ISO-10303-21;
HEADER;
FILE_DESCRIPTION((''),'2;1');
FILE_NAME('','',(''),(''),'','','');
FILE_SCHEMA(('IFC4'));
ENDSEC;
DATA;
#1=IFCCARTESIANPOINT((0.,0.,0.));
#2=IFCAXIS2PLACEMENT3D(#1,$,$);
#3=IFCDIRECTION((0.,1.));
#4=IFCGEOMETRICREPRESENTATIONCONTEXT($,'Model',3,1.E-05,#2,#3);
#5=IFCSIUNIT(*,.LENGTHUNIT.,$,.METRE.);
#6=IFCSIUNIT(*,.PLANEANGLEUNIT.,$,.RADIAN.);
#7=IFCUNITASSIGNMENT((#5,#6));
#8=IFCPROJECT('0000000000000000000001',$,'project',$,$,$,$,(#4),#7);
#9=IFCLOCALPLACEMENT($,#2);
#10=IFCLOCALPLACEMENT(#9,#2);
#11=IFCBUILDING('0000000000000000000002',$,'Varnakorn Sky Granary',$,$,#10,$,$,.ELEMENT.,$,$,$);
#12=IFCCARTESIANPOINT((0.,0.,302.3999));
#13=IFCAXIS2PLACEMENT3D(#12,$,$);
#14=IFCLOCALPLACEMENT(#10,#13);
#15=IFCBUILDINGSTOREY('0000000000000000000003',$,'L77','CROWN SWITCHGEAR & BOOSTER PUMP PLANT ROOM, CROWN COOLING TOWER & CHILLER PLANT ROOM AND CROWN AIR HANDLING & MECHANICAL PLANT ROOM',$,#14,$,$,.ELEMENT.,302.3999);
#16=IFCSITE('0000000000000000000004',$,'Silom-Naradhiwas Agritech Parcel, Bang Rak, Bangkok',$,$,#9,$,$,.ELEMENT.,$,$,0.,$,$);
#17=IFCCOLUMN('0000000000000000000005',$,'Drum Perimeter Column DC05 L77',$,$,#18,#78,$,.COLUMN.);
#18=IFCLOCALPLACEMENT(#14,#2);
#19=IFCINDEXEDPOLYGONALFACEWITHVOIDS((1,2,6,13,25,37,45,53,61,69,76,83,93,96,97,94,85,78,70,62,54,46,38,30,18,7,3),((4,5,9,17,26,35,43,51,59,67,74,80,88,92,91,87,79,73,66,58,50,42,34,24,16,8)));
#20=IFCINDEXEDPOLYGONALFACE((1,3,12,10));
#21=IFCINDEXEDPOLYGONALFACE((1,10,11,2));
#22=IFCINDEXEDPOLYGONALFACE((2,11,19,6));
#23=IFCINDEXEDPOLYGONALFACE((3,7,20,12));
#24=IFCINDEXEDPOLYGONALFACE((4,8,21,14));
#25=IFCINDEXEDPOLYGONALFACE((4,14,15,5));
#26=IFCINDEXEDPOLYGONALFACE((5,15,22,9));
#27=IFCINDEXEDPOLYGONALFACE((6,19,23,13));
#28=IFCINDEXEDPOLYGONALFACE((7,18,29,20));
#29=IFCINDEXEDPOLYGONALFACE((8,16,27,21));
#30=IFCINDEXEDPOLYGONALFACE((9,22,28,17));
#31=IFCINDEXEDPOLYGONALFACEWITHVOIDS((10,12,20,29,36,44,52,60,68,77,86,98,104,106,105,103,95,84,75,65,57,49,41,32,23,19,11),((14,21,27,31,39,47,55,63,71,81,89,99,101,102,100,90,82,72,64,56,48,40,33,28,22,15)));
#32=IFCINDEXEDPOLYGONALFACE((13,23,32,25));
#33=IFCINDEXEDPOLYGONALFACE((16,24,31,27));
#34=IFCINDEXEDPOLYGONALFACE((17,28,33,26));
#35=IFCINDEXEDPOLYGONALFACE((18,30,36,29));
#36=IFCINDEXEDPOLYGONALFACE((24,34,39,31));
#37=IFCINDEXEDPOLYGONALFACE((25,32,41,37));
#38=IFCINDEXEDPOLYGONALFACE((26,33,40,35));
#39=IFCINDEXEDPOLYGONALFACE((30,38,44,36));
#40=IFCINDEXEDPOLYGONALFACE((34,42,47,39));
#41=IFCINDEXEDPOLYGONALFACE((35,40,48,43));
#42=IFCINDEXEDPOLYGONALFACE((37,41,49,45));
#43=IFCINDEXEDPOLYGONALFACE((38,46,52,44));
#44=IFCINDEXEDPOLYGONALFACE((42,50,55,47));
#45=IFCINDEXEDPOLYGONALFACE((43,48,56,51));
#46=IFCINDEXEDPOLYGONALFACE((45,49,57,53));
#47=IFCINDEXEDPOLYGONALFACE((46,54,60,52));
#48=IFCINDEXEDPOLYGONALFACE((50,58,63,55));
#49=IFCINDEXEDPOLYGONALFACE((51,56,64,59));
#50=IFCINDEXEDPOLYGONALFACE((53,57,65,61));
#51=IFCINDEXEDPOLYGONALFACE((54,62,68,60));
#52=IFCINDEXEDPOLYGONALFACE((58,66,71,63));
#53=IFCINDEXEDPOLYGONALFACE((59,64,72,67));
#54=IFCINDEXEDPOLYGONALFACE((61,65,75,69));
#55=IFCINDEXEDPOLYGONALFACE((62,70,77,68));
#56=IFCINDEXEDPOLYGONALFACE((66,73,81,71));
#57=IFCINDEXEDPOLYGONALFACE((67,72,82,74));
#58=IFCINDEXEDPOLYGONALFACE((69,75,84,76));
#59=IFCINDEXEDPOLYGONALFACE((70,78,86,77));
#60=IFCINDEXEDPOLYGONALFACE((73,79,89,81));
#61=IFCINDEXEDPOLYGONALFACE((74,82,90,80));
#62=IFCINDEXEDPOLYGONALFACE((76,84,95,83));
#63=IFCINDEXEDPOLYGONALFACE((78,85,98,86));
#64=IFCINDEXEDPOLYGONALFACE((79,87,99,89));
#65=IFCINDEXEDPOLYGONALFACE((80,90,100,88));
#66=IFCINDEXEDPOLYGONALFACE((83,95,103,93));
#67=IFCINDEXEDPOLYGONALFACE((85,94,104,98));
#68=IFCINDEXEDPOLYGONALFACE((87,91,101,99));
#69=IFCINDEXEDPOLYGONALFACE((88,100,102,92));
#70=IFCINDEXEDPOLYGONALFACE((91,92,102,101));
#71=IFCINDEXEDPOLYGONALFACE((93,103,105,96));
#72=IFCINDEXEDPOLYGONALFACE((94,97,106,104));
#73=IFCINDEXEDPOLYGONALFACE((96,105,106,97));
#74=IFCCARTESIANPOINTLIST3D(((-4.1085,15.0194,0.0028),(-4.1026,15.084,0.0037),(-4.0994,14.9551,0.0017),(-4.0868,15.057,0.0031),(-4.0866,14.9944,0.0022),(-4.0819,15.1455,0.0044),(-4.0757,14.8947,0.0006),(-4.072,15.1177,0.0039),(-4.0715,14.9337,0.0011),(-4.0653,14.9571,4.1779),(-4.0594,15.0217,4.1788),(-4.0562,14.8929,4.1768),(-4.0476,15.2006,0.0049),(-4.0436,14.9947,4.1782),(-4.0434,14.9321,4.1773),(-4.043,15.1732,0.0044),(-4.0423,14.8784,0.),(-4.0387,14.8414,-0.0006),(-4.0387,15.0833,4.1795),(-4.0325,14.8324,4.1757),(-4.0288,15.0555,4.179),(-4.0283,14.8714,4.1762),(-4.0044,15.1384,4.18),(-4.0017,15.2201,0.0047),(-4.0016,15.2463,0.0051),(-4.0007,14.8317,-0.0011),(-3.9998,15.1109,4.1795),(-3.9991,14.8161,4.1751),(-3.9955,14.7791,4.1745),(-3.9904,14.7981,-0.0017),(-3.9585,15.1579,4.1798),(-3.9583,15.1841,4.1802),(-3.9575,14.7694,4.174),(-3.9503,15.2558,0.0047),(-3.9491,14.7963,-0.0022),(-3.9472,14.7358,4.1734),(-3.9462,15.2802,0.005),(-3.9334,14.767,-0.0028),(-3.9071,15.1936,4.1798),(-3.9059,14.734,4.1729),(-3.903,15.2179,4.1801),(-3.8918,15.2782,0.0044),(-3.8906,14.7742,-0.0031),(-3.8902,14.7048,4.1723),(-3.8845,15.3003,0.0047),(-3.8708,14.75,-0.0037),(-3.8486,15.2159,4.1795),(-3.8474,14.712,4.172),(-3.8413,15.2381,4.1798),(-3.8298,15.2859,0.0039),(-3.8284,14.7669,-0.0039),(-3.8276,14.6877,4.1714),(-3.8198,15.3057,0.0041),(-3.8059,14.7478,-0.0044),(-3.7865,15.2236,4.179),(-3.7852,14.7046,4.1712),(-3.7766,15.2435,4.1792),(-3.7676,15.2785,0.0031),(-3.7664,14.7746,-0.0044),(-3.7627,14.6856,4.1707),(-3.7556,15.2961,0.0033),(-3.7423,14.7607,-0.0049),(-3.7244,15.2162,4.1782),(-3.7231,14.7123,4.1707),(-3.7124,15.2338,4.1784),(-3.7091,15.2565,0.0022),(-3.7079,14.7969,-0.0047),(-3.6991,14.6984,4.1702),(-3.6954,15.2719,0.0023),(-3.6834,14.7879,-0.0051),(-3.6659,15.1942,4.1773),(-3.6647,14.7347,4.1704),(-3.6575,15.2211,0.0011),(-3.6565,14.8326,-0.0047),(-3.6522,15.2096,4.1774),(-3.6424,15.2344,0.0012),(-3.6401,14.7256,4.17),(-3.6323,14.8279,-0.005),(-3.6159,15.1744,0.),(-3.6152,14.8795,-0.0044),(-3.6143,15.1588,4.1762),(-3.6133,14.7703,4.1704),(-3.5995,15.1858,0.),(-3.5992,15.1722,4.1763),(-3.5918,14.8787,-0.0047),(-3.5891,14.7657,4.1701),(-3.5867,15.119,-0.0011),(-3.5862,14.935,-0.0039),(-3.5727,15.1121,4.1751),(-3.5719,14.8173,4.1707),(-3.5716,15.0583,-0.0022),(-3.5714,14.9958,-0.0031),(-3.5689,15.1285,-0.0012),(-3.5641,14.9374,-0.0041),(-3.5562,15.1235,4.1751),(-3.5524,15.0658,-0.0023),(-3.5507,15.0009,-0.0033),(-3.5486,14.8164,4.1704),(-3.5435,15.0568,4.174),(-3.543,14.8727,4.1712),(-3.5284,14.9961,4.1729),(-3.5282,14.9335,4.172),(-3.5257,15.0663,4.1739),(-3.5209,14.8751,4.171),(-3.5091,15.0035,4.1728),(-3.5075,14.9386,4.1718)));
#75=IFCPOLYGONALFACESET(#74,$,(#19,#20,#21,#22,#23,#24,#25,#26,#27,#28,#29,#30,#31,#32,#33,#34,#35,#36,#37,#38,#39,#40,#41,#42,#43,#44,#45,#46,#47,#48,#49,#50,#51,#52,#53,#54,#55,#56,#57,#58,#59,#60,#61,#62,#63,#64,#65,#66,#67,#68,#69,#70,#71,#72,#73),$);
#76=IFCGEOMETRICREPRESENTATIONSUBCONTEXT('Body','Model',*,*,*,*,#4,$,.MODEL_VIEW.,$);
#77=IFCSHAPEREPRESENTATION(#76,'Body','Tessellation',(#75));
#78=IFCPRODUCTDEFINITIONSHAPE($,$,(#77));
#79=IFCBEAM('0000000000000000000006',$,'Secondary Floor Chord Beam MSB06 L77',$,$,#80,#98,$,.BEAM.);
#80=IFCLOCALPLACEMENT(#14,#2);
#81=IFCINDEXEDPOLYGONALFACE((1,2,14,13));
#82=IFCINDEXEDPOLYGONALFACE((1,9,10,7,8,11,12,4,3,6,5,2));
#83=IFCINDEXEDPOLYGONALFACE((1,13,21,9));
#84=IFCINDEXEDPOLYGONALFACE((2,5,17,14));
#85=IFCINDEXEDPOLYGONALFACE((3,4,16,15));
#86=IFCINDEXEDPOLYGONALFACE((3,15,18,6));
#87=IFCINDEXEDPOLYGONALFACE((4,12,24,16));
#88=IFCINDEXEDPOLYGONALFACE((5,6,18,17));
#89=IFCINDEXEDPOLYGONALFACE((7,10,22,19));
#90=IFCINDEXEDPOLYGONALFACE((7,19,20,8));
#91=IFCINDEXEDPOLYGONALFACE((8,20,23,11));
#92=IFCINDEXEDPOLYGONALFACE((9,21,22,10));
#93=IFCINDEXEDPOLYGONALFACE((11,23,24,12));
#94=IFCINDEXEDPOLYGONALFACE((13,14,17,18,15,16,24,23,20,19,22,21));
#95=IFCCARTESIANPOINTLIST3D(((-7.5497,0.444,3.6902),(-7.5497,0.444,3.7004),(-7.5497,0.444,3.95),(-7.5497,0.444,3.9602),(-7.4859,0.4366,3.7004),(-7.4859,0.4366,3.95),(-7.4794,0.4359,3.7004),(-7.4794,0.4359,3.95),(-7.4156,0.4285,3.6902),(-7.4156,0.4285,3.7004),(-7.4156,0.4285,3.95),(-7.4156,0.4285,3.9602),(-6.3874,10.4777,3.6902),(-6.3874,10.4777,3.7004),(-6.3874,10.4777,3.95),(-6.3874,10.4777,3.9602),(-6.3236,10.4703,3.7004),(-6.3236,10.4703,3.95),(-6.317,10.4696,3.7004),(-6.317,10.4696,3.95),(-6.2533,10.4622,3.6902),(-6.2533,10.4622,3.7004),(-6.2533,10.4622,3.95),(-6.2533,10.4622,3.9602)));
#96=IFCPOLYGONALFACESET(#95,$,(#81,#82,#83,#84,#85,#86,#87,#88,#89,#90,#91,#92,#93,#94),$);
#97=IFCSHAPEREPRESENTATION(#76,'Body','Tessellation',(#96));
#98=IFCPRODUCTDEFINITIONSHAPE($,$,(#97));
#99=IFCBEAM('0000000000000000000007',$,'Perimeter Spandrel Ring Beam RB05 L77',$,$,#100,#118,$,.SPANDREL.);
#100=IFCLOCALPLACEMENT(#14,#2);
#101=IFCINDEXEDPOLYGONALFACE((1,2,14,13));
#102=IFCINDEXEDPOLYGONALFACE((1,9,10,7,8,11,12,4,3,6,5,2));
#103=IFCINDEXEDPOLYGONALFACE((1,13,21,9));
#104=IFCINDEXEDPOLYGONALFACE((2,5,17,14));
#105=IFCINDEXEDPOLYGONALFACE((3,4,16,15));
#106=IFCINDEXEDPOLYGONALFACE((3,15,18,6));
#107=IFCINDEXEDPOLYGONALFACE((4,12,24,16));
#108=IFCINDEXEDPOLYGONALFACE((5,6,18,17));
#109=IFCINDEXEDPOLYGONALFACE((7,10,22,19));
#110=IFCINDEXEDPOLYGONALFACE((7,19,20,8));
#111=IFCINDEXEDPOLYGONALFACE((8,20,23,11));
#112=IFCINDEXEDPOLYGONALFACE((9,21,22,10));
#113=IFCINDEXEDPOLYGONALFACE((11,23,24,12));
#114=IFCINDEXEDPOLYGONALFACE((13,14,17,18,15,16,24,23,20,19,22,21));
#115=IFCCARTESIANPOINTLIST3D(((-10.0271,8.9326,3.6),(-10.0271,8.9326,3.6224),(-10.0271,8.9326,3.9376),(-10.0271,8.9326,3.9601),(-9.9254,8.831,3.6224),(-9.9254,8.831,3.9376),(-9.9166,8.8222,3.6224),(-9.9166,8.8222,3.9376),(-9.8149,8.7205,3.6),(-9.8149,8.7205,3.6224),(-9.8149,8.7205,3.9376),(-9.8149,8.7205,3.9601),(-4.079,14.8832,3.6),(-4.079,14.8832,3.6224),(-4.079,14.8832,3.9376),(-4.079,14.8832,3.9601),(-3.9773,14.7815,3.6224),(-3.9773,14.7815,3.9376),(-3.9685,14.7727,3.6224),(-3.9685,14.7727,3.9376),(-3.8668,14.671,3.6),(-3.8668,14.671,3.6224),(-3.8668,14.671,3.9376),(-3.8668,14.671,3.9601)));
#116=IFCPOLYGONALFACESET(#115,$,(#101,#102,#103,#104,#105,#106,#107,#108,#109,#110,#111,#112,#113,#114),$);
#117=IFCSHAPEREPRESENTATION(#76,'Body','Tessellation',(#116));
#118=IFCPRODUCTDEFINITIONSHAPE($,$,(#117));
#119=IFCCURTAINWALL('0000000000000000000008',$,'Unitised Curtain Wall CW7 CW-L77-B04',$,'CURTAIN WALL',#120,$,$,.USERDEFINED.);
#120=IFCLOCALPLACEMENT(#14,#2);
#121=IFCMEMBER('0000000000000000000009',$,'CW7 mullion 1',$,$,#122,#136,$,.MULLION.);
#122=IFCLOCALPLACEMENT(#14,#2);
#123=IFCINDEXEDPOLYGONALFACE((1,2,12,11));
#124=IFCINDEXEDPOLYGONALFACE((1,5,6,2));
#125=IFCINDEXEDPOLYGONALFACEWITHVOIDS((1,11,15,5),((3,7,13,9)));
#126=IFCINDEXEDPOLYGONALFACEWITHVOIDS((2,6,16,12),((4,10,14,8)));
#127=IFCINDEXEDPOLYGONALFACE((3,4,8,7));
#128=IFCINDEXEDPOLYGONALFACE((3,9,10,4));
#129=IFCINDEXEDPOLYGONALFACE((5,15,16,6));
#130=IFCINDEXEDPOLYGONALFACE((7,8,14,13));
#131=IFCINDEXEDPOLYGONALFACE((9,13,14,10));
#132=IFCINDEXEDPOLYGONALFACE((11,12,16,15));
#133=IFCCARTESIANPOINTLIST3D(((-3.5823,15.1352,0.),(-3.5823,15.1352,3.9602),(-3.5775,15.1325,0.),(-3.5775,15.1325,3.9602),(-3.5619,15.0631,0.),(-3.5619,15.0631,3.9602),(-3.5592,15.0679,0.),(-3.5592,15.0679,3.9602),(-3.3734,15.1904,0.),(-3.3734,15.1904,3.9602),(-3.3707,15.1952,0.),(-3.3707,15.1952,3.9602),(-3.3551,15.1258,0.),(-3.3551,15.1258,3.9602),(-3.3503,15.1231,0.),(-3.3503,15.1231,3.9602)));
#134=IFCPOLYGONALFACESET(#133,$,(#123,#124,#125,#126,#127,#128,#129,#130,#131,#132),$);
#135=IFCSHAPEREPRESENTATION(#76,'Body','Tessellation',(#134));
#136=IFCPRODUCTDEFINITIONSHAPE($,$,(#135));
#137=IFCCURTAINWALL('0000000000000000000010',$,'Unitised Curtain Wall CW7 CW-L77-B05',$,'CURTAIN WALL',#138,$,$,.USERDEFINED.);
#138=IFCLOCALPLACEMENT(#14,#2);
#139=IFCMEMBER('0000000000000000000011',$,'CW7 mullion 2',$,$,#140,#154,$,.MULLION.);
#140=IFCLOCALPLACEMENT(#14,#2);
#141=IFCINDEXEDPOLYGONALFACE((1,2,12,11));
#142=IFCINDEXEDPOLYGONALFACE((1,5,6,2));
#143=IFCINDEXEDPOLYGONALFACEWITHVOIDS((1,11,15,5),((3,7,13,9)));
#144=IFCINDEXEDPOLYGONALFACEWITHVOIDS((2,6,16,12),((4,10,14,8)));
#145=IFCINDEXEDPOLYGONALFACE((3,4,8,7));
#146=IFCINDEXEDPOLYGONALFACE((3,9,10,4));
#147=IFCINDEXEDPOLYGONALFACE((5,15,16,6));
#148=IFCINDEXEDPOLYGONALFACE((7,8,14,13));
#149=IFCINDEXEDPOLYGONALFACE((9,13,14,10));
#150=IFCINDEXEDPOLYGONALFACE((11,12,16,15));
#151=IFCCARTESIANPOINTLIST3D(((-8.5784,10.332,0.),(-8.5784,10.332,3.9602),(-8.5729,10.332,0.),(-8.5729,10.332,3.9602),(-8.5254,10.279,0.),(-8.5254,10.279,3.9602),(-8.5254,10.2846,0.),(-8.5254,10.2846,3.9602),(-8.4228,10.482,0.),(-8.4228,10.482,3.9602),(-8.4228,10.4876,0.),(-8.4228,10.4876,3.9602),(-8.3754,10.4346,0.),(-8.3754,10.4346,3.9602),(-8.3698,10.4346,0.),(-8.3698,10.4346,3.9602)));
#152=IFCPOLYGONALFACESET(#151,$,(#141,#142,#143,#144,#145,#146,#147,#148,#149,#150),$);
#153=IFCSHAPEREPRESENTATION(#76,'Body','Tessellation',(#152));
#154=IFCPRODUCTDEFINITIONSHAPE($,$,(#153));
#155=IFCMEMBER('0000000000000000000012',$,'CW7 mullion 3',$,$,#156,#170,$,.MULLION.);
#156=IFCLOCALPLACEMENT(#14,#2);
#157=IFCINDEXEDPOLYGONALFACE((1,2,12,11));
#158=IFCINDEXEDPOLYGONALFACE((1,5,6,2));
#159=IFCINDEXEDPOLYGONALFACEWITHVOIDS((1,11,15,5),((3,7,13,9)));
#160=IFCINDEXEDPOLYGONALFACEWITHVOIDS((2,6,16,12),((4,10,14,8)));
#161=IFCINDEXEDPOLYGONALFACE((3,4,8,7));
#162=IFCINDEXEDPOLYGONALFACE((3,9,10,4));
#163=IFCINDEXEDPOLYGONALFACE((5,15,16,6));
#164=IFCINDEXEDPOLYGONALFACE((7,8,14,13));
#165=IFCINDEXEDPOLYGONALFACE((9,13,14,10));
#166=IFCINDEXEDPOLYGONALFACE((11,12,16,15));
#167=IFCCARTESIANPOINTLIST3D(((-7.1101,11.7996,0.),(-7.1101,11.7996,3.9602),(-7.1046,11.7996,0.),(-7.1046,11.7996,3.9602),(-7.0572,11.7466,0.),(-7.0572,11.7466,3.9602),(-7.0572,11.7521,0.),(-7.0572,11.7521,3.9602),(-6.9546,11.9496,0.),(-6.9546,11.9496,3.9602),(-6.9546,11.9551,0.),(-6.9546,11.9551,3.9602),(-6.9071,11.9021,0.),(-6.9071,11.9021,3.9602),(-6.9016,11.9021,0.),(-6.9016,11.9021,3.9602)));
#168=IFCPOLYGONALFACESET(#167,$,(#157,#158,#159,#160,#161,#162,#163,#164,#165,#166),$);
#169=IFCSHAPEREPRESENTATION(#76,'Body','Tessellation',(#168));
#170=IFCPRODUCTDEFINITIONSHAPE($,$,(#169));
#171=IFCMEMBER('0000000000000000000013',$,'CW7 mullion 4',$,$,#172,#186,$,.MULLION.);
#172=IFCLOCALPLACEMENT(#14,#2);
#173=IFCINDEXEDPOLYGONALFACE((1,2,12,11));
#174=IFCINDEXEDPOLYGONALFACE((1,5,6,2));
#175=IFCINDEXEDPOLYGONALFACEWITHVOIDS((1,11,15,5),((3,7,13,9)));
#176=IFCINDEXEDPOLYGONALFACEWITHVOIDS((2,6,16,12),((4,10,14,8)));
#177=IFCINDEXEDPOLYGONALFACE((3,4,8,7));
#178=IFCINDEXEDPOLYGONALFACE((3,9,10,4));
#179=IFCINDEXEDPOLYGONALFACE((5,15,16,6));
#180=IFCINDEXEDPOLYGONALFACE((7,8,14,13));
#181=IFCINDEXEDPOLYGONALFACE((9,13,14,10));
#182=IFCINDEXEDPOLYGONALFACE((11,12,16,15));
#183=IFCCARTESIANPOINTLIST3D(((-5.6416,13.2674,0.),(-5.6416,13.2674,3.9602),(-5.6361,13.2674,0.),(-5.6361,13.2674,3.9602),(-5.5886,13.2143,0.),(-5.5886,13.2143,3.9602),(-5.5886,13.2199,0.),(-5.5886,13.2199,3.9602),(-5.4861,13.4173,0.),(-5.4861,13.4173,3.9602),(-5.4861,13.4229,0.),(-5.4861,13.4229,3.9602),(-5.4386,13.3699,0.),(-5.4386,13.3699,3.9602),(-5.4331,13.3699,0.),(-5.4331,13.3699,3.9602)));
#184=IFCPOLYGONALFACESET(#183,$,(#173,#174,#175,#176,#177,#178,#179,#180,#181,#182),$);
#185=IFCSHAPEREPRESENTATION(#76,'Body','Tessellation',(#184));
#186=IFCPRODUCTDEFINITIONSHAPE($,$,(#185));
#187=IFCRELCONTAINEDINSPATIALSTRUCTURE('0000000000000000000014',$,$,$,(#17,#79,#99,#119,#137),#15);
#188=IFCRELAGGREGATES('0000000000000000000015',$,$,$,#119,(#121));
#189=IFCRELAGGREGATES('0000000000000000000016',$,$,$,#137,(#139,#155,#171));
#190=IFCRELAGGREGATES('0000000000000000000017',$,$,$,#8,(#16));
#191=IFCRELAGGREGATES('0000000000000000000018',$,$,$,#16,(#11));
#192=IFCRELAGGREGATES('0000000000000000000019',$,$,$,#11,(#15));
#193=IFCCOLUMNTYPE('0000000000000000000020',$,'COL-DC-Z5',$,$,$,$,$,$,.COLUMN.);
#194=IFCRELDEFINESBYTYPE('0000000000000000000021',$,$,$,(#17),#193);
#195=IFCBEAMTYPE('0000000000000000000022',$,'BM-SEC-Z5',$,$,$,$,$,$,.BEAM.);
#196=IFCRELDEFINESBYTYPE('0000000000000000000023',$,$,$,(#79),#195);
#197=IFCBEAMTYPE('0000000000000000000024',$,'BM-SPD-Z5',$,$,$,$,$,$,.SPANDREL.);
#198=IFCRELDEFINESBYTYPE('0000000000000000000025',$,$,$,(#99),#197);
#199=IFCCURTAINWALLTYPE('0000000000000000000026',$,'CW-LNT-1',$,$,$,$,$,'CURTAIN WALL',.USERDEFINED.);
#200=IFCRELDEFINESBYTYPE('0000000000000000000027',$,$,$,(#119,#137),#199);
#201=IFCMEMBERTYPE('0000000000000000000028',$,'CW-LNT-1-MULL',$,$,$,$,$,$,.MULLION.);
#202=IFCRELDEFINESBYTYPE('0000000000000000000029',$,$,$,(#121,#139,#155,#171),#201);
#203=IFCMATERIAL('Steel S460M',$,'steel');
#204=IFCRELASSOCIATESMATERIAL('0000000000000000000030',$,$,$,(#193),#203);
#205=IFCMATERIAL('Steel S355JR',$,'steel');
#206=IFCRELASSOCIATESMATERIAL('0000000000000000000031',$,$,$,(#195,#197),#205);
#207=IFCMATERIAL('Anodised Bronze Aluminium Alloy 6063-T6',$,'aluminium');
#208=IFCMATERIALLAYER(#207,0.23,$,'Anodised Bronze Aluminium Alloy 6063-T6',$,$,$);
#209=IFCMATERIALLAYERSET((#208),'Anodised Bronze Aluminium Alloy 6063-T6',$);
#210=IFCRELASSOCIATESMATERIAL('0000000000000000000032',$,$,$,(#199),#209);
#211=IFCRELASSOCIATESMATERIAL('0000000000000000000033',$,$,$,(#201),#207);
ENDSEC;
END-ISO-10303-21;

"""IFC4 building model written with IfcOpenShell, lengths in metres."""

from ifc_helpers import new_model, si_unit, direction, frame, origin, origin_2d, place, context, subcontext, project, spatial, hollow_rectangle, hollow_circle, i_section, extrude, material, layer, layer_set, material_profile, profile_set, type_object, element, aggregate, save


model = new_model("IFC4")

# Units and contexts
model_context = context("Model", 3, precision=1e-05, world=origin(), true_north=direction((0.0, 1.0)))
body_context = subcontext(model_context, "Body", "Model", "MODEL_VIEW")
ifc_project = project(units=[si_unit("LENGTHUNIT", "METRE"), si_unit("PLANEANGLEUNIT", "RADIAN")], contexts=[model_context])

# Site, building, storey
site_placement = place(None, origin())
site = spatial("IfcSite", under=ifc_project, at=site_placement, Name="Silom-Naradhiwas Agritech Parcel, Bang Rak, Bangkok", CompositionType="ELEMENT", RefElevation=0.0)
building_placement = place(site_placement, origin())
building = spatial("IfcBuilding", under=site, at=building_placement, Name="Varnakorn Sky Granary", CompositionType="ELEMENT")
storey_placement = place(building_placement, frame((0.0, 0.0, 302.3999)))
storey = spatial("IfcBuildingStorey", under=building, at=storey_placement, Name="L77", Description="CROWN SWITCHGEAR & BOOSTER PUMP PLANT ROOM, CROWN COOLING TOWER & CHILLER PLANT ROOM AND CROWN AIR HANDLING & MECHANICAL PLANT ROOM", CompositionType="ELEMENT", Elevation=302.3999)

# Column
ifc_material_1 = material(Name="Steel S460M", Category="steel")
ifc_material_profile_1 = material_profile(ifc_material_1, hollow_circle(Radius=0.2795, WallThickness=0.02, at=origin_2d()), Name="CHS 559x20")
ifc_profile_set_1 = profile_set([ifc_material_profile_1], Name="Steel S460M")
column_type = type_object("IfcColumnType", Name="COL-DC-Z5", PredefinedType="COLUMN", material=ifc_profile_set_1)
column_placement = place(storey_placement, frame((-3.8291, 15.0264, 0.0), z_axis=(0.010349, -0.014909, 0.999835), x_axis=(0.821496, 0.570215, 0.0)))
element("IfcColumn", 1, at=column_placement, inside=storey, type_object=column_type, Name="Drum Perimeter Column DC05 L77", PredefinedType="COLUMN", context=body_context, shape_type="SweptSolid", body=[
    extrude(hollow_circle(Radius=0.2795, WallThickness=0.02, at=origin_2d()), origin(), (0.0, 0.0, 1.0), 4.1758),
])

# Beams
ifc_material_2 = material(Name="Steel S355JR", Category="steel")
ifc_material_profile_2 = material_profile(ifc_material_2, i_section(OverallWidth=0.135, OverallDepth=0.27, WebThickness=0.0066, FlangeThickness=0.0103, at=origin_2d()), Name="IPE 270")
ifc_profile_set_2 = profile_set([ifc_material_profile_2], Name="Steel S355JR")
beam_type_1 = type_object("IfcBeamType", Name="BM-SEC-Z5", PredefinedType="BEAM", material=ifc_profile_set_2)
beam_1_placement = place(storey_placement, frame((-6.3203, 10.47, 3.8252), z_axis=(-0.115075, -0.993357, 0.0), x_axis=(0.993357, -0.115075, 0.0)))
element("IfcBeam", 2, at=beam_1_placement, inside=storey, type_object=beam_type_1, Name="Secondary Floor Chord Beam MSB06 L77", PredefinedType="BEAM", context=body_context, shape_type="SweptSolid", body=[
    extrude(i_section(OverallWidth=0.135, OverallDepth=0.27, WebThickness=0.0066, FlangeThickness=0.0103, at=origin_2d()), origin(), (0.0, 0.0, 1.0), 10.1008),
])
ifc_material_profile_3 = material_profile(ifc_material_2, i_section(OverallWidth=0.3, OverallDepth=0.3601, WebThickness=0.0125, FlangeThickness=0.0225, at=origin_2d()), Name="HE 360 B")
ifc_profile_set_3 = profile_set([ifc_material_profile_3], Name="Steel S355JR")
beam_type_2 = type_object("IfcBeamType", Name="BM-SPD-Z5", PredefinedType="SPANDREL", material=ifc_profile_set_3)
beam_2_placement = place(storey_placement, frame((-3.9729, 14.7771, 3.78), z_axis=(-0.706962, -0.707252, 0.0), x_axis=(0.707252, -0.706962, 0.0)))
element("IfcBeam", 3, at=beam_2_placement, inside=storey, type_object=beam_type_2, Name="Perimeter Spandrel Ring Beam RB05 L77", PredefinedType="SPANDREL", context=body_context, shape_type="SweptSolid", body=[
    extrude(i_section(OverallWidth=0.3, OverallDepth=0.3601, WebThickness=0.0125, FlangeThickness=0.0225, at=origin_2d()), origin(), (0.0, 0.0, 1.0), 8.4136),
])

# Curtain wall, member
ifc_material_3 = material(Name="Anodised Bronze Aluminium Alloy 6063-T6", Category="aluminium")
ifc_layer_1 = layer(ifc_material_3, 0.23, Name="Anodised Bronze Aluminium Alloy 6063-T6")
ifc_layer_set_1 = layer_set([ifc_layer_1], Name="Anodised Bronze Aluminium Alloy 6063-T6")
curtain_wall_type = type_object("IfcCurtainWallType", Name="CW-LNT-1", ElementType="CURTAIN WALL", PredefinedType="USERDEFINED", material=ifc_layer_set_1)
curtain_wall_1_placement = place(storey_placement, origin())
curtain_wall_1 = element("IfcCurtainWall", 4, at=curtain_wall_1_placement, inside=storey, type_object=curtain_wall_type, Name="Unitised Curtain Wall CW7 CW-L77-B04", ObjectType="CURTAIN WALL", PredefinedType="USERDEFINED")
ifc_material_profile_4 = material_profile(ifc_material_3, hollow_rectangle(XDim=0.075, YDim=0.22, WallThickness=0.0039, at=origin_2d()), Name="ALU MULL 75x220")
ifc_profile_set_4 = profile_set([ifc_material_profile_4], Name="Anodised Bronze Aluminium Alloy 6063-T6")
member_type_1 = type_object("IfcMemberType", Name="CW-LNT-1-MULL", PredefinedType="MULLION", material=ifc_profile_set_4)
member_1_placement = place(storey_placement, frame((-3.4663, 15.1292, 0.0), z_axis=(0.0, 0.0, 1.0), x_axis=(-0.27265, 0.962113, 0.0)))
member_1 = element("IfcMember", 5, at=member_1_placement, type_object=member_type_1, Name="CW7 mullion 1", PredefinedType="MULLION", context=body_context, shape_type="SweptSolid", body=[
    extrude(hollow_rectangle(XDim=0.075, YDim=0.22, WallThickness=0.0039, at=origin_2d()), origin(), (0.0, 0.0, 1.0), 3.9602),
])

# Curtain wall, members
curtain_wall_2_placement = place(storey_placement, origin())
curtain_wall_2 = element("IfcCurtainWall", 6, at=curtain_wall_2_placement, inside=storey, type_object=curtain_wall_type, Name="Unitised Curtain Wall CW7 CW-L77-B05", ObjectType="CURTAIN WALL", PredefinedType="USERDEFINED")
member_2_placement = place(storey_placement, frame((-8.4741, 10.3833, 0.0), z_axis=(0.0, 0.0, 1.0), x_axis=(-0.706962, 0.707251, 0.0)))
member_2 = element("IfcMember", 7, at=member_2_placement, type_object=member_type_1, Name="CW7 mullion 2", PredefinedType="MULLION", context=body_context, shape_type="SweptSolid", body=[
    extrude(hollow_rectangle(XDim=0.075, YDim=0.22, WallThickness=0.0039, at=origin_2d()), origin(), (0.0, 0.0, 1.0), 3.9602),
])
member_3_placement = place(storey_placement, frame((-7.0059, 11.8508, 0.0), z_axis=(0.0, 0.0, 1.0), x_axis=(-0.706962, 0.707251, 0.0)))
member_3 = element("IfcMember", 8, at=member_3_placement, type_object=member_type_1, Name="CW7 mullion 3", PredefinedType="MULLION", context=body_context, shape_type="SweptSolid", body=[
    extrude(hollow_rectangle(XDim=0.075, YDim=0.22, WallThickness=0.0039, at=origin_2d()), origin(), (0.0, 0.0, 1.0), 3.9602),
])
member_4_placement = place(storey_placement, frame((-5.5374, 13.3186, 0.0), z_axis=(0.0, 0.0, 1.0), x_axis=(-0.706962, 0.707251, 0.0)))
member_4 = element("IfcMember", 9, at=member_4_placement, type_object=member_type_1, Name="CW7 mullion 4", PredefinedType="MULLION", context=body_context, shape_type="SweptSolid", body=[
    extrude(hollow_rectangle(XDim=0.075, YDim=0.22, WallThickness=0.0039, at=origin_2d()), origin(), (0.0, 0.0, 1.0), 3.9602),
])

aggregate(curtain_wall_1, [member_1])

aggregate(curtain_wall_2, [member_2, member_3, member_4])

save(model, "model.ifc")
